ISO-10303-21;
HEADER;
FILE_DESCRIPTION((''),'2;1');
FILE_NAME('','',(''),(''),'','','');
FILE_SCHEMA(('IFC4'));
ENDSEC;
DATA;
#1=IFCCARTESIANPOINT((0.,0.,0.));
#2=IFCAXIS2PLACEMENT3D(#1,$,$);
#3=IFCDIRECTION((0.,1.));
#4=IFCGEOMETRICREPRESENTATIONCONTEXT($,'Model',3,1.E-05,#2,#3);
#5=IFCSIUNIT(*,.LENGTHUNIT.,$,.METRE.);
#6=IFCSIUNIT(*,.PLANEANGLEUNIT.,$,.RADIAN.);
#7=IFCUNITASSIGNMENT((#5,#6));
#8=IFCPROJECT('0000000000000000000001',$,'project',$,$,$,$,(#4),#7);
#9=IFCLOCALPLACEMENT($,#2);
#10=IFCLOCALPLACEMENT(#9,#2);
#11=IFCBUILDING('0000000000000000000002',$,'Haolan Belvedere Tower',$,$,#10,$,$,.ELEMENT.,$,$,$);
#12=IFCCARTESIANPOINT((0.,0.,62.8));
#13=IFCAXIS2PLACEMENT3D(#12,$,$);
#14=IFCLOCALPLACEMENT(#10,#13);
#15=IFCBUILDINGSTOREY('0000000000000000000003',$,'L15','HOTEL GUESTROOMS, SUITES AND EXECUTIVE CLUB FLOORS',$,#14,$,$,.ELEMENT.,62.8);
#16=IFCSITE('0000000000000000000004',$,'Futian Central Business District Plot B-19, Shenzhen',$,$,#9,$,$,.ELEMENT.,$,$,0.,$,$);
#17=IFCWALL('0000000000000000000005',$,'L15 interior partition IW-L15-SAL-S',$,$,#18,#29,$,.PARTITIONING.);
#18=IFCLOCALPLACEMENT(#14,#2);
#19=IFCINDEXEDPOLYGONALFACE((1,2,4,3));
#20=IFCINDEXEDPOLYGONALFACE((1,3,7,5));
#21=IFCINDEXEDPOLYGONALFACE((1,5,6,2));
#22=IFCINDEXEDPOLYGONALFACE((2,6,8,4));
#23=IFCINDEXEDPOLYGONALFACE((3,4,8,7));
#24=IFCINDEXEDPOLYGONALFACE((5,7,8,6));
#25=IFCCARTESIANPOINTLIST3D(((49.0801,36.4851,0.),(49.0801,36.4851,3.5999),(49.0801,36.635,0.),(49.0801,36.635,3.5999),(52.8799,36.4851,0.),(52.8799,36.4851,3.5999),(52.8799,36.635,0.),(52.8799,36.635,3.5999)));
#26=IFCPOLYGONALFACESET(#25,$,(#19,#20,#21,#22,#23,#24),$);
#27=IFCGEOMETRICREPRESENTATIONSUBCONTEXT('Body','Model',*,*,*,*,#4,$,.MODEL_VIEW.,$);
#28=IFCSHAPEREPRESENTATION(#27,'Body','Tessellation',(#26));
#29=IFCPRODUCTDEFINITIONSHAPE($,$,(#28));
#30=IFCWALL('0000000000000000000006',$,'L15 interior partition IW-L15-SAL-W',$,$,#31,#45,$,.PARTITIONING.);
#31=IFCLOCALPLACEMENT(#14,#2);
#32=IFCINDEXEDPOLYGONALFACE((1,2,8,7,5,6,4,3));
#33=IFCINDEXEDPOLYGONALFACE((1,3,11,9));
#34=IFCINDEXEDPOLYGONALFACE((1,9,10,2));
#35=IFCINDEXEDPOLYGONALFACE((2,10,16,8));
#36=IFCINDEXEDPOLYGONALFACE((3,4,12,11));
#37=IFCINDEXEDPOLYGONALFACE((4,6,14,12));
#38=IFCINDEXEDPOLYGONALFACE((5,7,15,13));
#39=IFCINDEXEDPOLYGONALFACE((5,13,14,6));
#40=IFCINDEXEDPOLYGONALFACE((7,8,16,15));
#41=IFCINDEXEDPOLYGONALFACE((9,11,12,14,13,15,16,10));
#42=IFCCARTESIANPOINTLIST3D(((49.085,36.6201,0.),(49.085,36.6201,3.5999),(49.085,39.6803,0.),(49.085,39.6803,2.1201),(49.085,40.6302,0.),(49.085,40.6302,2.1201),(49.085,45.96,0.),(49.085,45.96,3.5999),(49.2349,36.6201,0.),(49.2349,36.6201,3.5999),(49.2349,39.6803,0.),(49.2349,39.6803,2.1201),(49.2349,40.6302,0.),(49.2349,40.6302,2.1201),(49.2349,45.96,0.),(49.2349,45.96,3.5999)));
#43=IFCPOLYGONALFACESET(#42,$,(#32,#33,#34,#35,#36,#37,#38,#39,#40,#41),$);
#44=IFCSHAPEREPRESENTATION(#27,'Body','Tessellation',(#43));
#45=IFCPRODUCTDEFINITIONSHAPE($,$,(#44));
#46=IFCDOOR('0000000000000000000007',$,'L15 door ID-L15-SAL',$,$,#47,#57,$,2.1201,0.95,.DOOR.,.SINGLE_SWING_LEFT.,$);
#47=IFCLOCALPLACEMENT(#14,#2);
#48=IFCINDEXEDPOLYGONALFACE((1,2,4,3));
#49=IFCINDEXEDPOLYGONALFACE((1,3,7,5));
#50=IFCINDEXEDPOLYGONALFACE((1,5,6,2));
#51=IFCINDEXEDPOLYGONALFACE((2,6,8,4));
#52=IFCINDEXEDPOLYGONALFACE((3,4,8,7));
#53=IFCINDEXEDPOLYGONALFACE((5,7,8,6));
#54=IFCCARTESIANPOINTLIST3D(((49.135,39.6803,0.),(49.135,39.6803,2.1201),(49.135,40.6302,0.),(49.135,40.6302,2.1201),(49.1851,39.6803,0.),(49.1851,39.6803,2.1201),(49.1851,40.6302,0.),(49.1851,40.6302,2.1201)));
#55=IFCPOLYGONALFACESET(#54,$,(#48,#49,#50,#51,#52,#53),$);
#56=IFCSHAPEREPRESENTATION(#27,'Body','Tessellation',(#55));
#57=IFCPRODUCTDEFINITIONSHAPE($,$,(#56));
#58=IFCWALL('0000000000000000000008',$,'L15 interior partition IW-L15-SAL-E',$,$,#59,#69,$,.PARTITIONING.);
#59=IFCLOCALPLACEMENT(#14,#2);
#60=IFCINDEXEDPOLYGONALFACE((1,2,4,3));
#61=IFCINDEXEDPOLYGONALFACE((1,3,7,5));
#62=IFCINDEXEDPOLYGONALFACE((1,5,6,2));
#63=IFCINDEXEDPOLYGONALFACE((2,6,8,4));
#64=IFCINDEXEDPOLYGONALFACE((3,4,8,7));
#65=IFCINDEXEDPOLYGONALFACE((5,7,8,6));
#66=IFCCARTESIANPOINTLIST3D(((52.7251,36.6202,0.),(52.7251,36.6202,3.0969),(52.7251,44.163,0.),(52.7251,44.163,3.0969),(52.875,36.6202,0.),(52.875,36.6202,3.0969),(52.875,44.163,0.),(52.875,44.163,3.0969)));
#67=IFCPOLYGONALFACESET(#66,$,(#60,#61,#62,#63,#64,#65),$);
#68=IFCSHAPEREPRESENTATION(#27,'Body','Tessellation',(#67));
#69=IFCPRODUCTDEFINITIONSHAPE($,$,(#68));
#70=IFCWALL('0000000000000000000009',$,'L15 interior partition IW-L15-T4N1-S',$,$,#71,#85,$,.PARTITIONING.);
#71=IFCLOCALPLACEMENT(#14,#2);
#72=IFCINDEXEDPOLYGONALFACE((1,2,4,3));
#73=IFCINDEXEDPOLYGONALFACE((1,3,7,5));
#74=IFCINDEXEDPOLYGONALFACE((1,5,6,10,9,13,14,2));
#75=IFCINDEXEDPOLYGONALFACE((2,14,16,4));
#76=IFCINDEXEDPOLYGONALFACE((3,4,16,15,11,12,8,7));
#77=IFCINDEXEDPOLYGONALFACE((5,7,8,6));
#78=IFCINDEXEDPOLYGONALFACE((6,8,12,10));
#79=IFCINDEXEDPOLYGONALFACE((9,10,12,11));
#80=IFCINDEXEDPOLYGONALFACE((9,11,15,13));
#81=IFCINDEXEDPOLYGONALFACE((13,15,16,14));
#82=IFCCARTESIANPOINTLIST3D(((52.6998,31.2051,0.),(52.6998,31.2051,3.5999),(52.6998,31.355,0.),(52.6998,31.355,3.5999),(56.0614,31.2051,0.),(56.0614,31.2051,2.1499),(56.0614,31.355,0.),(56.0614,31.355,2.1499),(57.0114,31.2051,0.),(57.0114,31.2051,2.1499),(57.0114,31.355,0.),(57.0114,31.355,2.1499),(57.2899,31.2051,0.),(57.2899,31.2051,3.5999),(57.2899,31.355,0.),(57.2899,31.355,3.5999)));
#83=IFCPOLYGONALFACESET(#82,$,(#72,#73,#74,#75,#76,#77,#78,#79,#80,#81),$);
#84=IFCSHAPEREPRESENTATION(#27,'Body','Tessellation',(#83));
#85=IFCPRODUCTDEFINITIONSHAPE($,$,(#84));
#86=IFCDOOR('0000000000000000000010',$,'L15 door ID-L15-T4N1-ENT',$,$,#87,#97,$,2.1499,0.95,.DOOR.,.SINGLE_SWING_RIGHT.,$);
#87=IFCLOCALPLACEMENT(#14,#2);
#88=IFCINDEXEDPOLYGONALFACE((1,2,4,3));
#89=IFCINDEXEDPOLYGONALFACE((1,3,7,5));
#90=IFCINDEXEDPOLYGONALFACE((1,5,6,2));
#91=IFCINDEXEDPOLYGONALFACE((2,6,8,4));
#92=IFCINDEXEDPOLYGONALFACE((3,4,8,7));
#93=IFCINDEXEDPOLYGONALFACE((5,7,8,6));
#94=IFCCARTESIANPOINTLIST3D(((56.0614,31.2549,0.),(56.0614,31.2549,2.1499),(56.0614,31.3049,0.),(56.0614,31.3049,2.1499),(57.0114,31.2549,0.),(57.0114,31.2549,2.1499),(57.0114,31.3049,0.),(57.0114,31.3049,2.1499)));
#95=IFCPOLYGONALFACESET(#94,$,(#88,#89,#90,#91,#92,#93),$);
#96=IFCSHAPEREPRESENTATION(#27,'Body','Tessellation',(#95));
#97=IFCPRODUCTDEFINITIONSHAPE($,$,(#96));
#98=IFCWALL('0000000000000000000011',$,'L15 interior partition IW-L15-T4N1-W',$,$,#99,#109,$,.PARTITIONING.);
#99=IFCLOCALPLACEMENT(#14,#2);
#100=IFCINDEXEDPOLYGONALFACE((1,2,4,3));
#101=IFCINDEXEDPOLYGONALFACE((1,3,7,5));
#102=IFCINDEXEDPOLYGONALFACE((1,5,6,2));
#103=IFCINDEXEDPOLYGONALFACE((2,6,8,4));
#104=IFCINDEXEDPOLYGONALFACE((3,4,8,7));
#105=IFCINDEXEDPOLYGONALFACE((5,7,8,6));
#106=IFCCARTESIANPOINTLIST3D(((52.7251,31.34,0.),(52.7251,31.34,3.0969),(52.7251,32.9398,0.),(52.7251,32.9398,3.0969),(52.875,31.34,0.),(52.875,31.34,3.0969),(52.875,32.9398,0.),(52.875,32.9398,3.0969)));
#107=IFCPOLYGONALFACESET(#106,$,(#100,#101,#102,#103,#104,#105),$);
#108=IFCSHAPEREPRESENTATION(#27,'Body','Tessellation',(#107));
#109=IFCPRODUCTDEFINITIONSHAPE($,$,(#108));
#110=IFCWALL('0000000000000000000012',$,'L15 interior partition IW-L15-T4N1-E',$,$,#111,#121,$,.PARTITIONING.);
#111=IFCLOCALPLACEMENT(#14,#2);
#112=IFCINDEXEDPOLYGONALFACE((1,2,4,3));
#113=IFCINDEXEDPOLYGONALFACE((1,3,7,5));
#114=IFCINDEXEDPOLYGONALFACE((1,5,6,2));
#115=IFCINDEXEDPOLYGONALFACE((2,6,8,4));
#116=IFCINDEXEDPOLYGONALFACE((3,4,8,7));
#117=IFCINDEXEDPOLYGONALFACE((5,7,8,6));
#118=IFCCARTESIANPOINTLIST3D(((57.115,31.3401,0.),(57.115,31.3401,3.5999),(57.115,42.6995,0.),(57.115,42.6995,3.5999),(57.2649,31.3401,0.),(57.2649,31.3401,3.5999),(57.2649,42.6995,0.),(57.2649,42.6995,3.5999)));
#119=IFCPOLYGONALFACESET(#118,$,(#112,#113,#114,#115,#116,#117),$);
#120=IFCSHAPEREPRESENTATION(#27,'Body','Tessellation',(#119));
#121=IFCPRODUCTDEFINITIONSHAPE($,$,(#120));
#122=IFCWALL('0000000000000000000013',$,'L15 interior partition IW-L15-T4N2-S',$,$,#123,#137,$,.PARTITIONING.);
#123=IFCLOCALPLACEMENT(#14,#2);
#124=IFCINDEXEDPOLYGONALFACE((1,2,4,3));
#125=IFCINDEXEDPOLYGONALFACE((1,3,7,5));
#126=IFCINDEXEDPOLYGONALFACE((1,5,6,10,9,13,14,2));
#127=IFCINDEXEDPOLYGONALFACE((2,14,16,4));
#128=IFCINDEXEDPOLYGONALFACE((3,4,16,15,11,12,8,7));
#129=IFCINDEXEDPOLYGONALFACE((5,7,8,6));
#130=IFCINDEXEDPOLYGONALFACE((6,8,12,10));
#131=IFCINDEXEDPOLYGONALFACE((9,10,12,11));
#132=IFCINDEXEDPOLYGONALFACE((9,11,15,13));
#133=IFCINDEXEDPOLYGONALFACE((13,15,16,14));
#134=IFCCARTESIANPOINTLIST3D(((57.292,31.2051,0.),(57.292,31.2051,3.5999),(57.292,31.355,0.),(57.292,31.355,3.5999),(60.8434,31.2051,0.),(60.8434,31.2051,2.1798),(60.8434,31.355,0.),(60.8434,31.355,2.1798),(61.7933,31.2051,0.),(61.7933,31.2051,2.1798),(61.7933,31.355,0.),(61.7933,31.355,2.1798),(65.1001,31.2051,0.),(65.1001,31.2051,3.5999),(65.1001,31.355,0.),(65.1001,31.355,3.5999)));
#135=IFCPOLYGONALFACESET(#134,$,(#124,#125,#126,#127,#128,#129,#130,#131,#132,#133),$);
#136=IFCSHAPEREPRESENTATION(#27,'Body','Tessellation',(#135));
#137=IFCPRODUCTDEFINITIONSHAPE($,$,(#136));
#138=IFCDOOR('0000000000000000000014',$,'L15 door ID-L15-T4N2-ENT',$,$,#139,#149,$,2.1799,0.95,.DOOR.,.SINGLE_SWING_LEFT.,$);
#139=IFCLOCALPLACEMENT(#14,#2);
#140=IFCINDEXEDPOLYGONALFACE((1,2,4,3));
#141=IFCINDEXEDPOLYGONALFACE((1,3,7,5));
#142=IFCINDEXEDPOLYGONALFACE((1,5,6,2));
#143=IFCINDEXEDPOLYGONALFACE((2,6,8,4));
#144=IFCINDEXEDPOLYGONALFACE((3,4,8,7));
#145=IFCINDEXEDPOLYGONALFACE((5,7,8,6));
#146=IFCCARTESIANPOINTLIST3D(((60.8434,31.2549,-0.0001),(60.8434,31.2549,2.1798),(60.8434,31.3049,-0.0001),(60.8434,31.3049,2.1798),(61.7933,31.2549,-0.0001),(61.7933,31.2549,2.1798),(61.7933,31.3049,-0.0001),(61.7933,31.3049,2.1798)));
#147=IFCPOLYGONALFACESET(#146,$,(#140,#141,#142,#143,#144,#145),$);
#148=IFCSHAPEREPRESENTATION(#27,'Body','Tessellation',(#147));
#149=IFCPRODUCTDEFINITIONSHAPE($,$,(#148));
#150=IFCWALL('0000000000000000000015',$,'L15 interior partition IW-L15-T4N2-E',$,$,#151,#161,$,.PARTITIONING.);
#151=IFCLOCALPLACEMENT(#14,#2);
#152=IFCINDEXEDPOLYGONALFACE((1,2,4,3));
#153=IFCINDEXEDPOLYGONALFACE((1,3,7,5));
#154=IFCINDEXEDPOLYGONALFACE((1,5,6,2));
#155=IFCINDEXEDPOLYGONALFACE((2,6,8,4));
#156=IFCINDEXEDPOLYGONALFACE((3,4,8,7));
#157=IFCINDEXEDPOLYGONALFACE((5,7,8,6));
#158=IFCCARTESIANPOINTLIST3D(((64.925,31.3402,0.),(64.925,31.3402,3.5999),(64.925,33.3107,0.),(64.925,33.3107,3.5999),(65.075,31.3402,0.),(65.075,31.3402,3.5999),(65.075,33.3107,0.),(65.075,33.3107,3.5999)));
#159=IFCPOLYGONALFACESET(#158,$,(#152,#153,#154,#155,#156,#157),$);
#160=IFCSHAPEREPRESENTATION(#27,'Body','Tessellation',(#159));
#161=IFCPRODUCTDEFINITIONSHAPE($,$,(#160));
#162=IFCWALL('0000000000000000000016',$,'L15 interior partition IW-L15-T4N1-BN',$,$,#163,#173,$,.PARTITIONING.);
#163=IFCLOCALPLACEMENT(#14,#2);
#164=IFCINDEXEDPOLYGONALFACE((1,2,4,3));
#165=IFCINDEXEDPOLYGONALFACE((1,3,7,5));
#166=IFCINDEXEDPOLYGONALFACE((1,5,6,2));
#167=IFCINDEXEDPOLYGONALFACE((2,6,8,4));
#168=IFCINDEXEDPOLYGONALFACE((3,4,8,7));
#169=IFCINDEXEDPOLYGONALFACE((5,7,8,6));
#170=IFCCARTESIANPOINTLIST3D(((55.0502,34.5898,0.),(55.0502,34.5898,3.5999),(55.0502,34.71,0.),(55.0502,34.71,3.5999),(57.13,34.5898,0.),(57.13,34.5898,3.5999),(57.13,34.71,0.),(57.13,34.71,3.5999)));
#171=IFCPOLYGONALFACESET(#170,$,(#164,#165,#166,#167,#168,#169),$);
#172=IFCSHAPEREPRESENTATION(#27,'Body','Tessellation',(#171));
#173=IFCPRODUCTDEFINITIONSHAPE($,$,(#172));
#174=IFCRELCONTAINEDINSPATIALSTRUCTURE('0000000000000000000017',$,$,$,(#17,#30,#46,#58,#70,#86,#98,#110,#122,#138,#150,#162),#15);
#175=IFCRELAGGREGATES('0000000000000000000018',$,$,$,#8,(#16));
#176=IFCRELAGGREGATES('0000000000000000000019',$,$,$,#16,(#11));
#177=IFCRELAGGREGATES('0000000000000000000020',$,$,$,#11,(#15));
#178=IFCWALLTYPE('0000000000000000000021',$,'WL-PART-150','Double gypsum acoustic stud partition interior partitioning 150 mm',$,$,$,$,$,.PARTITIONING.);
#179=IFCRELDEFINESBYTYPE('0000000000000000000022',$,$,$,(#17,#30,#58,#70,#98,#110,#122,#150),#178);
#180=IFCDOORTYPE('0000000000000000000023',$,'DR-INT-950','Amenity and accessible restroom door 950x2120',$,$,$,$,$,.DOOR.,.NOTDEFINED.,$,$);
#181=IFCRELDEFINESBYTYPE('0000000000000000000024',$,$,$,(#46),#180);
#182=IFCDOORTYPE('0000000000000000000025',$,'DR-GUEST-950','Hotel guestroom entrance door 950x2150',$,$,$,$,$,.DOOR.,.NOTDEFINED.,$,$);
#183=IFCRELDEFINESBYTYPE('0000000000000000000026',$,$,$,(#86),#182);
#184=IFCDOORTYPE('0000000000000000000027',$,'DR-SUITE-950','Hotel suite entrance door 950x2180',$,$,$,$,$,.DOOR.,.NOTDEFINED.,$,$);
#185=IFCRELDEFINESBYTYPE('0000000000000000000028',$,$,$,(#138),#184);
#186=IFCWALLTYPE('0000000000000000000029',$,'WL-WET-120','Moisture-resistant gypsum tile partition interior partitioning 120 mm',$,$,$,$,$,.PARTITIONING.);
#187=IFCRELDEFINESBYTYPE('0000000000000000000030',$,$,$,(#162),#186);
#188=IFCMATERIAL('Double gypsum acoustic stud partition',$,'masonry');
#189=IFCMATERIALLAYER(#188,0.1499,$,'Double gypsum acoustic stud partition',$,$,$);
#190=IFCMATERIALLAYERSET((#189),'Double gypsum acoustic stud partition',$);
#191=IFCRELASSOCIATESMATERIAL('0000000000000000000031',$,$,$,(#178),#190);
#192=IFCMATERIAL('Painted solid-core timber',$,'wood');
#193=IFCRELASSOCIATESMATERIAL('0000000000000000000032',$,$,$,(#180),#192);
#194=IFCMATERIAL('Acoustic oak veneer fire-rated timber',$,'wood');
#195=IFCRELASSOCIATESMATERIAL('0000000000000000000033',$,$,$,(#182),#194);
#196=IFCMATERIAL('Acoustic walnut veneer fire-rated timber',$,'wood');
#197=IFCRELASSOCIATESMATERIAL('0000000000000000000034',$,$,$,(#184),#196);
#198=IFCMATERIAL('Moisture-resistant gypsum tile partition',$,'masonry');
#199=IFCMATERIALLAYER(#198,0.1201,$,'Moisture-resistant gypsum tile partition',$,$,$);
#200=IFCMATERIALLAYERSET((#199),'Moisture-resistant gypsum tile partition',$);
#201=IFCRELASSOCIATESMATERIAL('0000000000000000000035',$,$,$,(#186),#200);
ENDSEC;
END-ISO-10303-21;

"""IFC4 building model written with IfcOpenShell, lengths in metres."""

from ifc_helpers import new_model, si_unit, direction, frame, frame_2d, origin, place, context, subcontext, project, spatial, rectangle, extrude, material, layer, layer_set, type_object, element, fill, save


model = new_model("IFC4")

# Units and contexts
model_context = context("Model", 3, precision=1e-05, world=origin(), true_north=direction((0.0, 1.0)))
body_context = subcontext(model_context, "Body", "Model", "MODEL_VIEW")
ifc_project = project(units=[si_unit("LENGTHUNIT", "METRE"), si_unit("PLANEANGLEUNIT", "RADIAN")], contexts=[model_context])

# Site, building, storey
site_placement = place(None, origin())
site = spatial("IfcSite", under=ifc_project, at=site_placement, Name="Futian Central Business District Plot B-19, Shenzhen", CompositionType="ELEMENT", RefElevation=0.0)
building_placement = place(site_placement, origin())
building = spatial("IfcBuilding", under=site, at=building_placement, Name="Haolan Belvedere Tower", CompositionType="ELEMENT")
storey_placement = place(building_placement, frame((0.0, 0.0, 62.8)))
storey = spatial("IfcBuildingStorey", under=building, at=storey_placement, Name="L15", Description="HOTEL GUESTROOMS, SUITES AND EXECUTIVE CLUB FLOORS", CompositionType="ELEMENT", Elevation=62.8)

# Shared definitions
ifc_material_1 = material(Name="Double gypsum acoustic stud partition", Category="masonry")
ifc_layer_1 = layer(ifc_material_1, 0.1499, Name="Double gypsum acoustic stud partition")
ifc_layer_set_1 = layer_set([ifc_layer_1], Name="Double gypsum acoustic stud partition")
wall_type_1 = type_object("IfcWallType", Name="WL-PART-150", Description="Double gypsum acoustic stud partition interior partitioning 150 mm", PredefinedType="PARTITIONING", material=ifc_layer_set_1)

# Shared definitions
ifc_material_2 = material(Name="Painted solid-core timber", Category="wood")
door_type_1 = type_object("IfcDoorType", Name="DR-INT-950", Description="Amenity and accessible restroom door 950x2120", OperationType="NOTDEFINED", PredefinedType="DOOR", material=ifc_material_2)

# Wall
wall_1_placement = place(storey_placement, frame((49.0801, 36.5601, 0.0), z_axis=(0.0, 0.0, 1.0), x_axis=(1.0, 0.0, 0.0)))
element("IfcWall", 1, at=wall_1_placement, inside=storey, type_object=wall_type_1, Name="L15 interior partition IW-L15-SAL-S", PredefinedType="PARTITIONING", context=body_context, shape_type="SweptSolid", body=[
    extrude(rectangle(XDim=3.7998, YDim=0.1499, at=frame_2d((1.8999, 0.0))), origin(), (0.0, 0.0, 1.0), 3.5999),
])

# Wall, opening, door
wall_2_placement = place(storey_placement, frame((49.1599, 36.6201, 0.0), z_axis=(0.0, 0.0, 1.0), x_axis=(0.0, 1.0, 0.0)))
wall_2 = element("IfcWall", 2, at=wall_2_placement, inside=storey, type_object=wall_type_1, Name="L15 interior partition IW-L15-SAL-W", PredefinedType="PARTITIONING", context=body_context, shape_type="SweptSolid", body=[
    extrude(rectangle(XDim=9.3398, YDim=0.1499, at=frame_2d((4.6699, 0.0))), origin(), (0.0, 0.0, 1.0), 3.5999),
])
opening_1_placement = place(wall_2_placement, frame((3.0601, 0.0, 0.0)))
opening_1 = element("IfcOpeningElement", 3, at=opening_1_placement, cuts=wall_2, PredefinedType="OPENING", context=body_context, shape_type="SweptSolid", body=[
    extrude(rectangle(XDim=0.95, YDim=2.1201, at=frame_2d((0.4751, 1.0601))), frame((0.0, 0.085, 0.0), z_axis=(0.0, -1.0, 0.0), x_axis=(1.0, 0.0, 0.0)), (0.0, 0.0, 1.0), 0.1699),
])
door_1_placement = place(opening_1_placement, origin())
door_1 = element("IfcDoor", 4, at=door_1_placement, inside=storey, type_object=door_type_1, Name="L15 door ID-L15-SAL", OperationType="SINGLE_SWING_LEFT", OverallHeight=2.1201, OverallWidth=0.95, PredefinedType="DOOR", context=body_context, shape_type="SweptSolid", body=[
    extrude(rectangle(XDim=0.95, YDim=2.1201, at=frame_2d((0.4751, 1.0601))), frame((0.0, 0.0249, 0.0), z_axis=(0.0, -1.0, 0.0), x_axis=(1.0, 0.0, 0.0)), (0.0, 0.0, 1.0), 0.05),
])
fill(opening_1, door_1)

# Wall
wall_3_placement = place(storey_placement, frame((52.8, 36.6201, 0.0), z_axis=(0.0, 0.0, 1.0), x_axis=(0.0, 1.0, 0.0)))
element("IfcWall", 5, at=wall_3_placement, inside=storey, type_object=wall_type_1, Name="L15 interior partition IW-L15-SAL-E", PredefinedType="PARTITIONING", context=body_context, shape_type="SweptSolid", body=[
    extrude(rectangle(XDim=7.5427, YDim=0.1499, at=frame_2d((3.7715, 0.0))), origin(), (0.0, 0.0, 1.0), 3.0969),
])

# Wall, opening, door
wall_4_placement = place(storey_placement, frame((52.7, 31.28, 0.0), z_axis=(0.0, 0.0, 1.0), x_axis=(1.0, 0.0, 0.0)))
wall_4 = element("IfcWall", 6, at=wall_4_placement, inside=storey, type_object=wall_type_1, Name="L15 interior partition IW-L15-T4N1-S", PredefinedType="PARTITIONING", context=body_context, shape_type="SweptSolid", body=[
    extrude(rectangle(XDim=4.5901, YDim=0.1499, at=frame_2d((2.2949, 0.0))), origin(), (0.0, 0.0, 1.0), 3.5999),
])
opening_2_placement = place(wall_4_placement, frame((3.3613, 0.0, 0.0)))
opening_2 = element("IfcOpeningElement", 7, at=opening_2_placement, cuts=wall_4, PredefinedType="OPENING", context=body_context, shape_type="SweptSolid", body=[
    extrude(rectangle(XDim=0.95, YDim=2.1499, at=frame_2d((0.4751, 1.075))), frame((0.0, 0.085, 0.0), z_axis=(0.0, -1.0, 0.0), x_axis=(1.0, 0.0, 0.0)), (0.0, 0.0, 1.0), 0.1699),
])
ifc_material_3 = material(Name="Acoustic oak veneer fire-rated timber", Category="wood")
door_type_2 = type_object("IfcDoorType", Name="DR-GUEST-950", Description="Hotel guestroom entrance door 950x2150", OperationType="NOTDEFINED", PredefinedType="DOOR", material=ifc_material_3)
door_2_placement = place(opening_2_placement, origin())
door_2 = element("IfcDoor", 8, at=door_2_placement, inside=storey, type_object=door_type_2, Name="L15 door ID-L15-T4N1-ENT", OperationType="SINGLE_SWING_RIGHT", OverallHeight=2.1499, OverallWidth=0.95, PredefinedType="DOOR", context=body_context, shape_type="SweptSolid", body=[
    extrude(rectangle(XDim=0.95, YDim=2.1499, at=frame_2d((0.4751, 1.075))), frame((0.0, 0.0249, 0.0), z_axis=(0.0, -1.0, 0.0), x_axis=(1.0, 0.0, 0.0)), (0.0, 0.0, 1.0), 0.05),
])
fill(opening_2, door_2)

# Walls
wall_5_placement = place(storey_placement, frame((52.8, 31.3401, 0.0), z_axis=(0.0, 0.0, 1.0), x_axis=(0.0, 1.0, 0.0)))
element("IfcWall", 9, at=wall_5_placement, inside=storey, type_object=wall_type_1, Name="L15 interior partition IW-L15-T4N1-W", PredefinedType="PARTITIONING", context=body_context, shape_type="SweptSolid", body=[
    extrude(rectangle(XDim=1.5999, YDim=0.1499, at=frame_2d((0.7998, 0.0))), origin(), (0.0, 0.0, 1.0), 3.0969),
])
wall_6_placement = place(storey_placement, frame((57.1899, 31.3401, 0.0), z_axis=(0.0, 0.0, 1.0), x_axis=(0.0, 1.0, 0.0)))
element("IfcWall", 10, at=wall_6_placement, inside=storey, type_object=wall_type_1, Name="L15 interior partition IW-L15-T4N1-E", PredefinedType="PARTITIONING", context=body_context, shape_type="SweptSolid", body=[
    extrude(rectangle(XDim=11.3594, YDim=0.1499, at=frame_2d((5.6797, 0.0))), origin(), (0.0, 0.0, 1.0), 3.5999),
])

# Wall, opening, door
wall_7_placement = place(storey_placement, frame((57.292, 31.28, 0.0), z_axis=(0.0, 0.0, 1.0), x_axis=(1.0, 0.0, 0.0)))
wall_7 = element("IfcWall", 11, at=wall_7_placement, inside=storey, type_object=wall_type_1, Name="L15 interior partition IW-L15-T4N2-S", PredefinedType="PARTITIONING", context=body_context, shape_type="SweptSolid", body=[
    extrude(rectangle(XDim=7.8081, YDim=0.1499, at=frame_2d((3.9041, 0.0))), origin(), (0.0, 0.0, 1.0), 3.5999),
])
opening_3_placement = place(wall_7_placement, frame((3.5513, 0.0, 0.0)))
opening_3 = element("IfcOpeningElement", 12, at=opening_3_placement, cuts=wall_7, PredefinedType="OPENING", context=body_context, shape_type="SweptSolid", body=[
    extrude(rectangle(XDim=0.95, YDim=2.1799, at=frame_2d((0.4751, 1.0898))), frame((0.0, 0.085, 0.0), z_axis=(0.0, -1.0, 0.0), x_axis=(1.0, 0.0, 0.0)), (0.0, 0.0, 1.0), 0.1699),
])
ifc_material_4 = material(Name="Acoustic walnut veneer fire-rated timber", Category="wood")
door_type_3 = type_object("IfcDoorType", Name="DR-SUITE-950", Description="Hotel suite entrance door 950x2180", OperationType="NOTDEFINED", PredefinedType="DOOR", material=ifc_material_4)
door_3_placement = place(opening_3_placement, origin())
door_3 = element("IfcDoor", 13, at=door_3_placement, inside=storey, type_object=door_type_3, Name="L15 door ID-L15-T4N2-ENT", OperationType="SINGLE_SWING_LEFT", OverallHeight=2.1799, OverallWidth=0.95, PredefinedType="DOOR", context=body_context, shape_type="SweptSolid", body=[
    extrude(rectangle(XDim=0.95, YDim=2.1799, at=frame_2d((0.4751, 1.0898))), frame((0.0, 0.0249, 0.0), z_axis=(0.0, -1.0, 0.0), x_axis=(1.0, 0.0, 0.0)), (0.0, 0.0, 1.0), 0.05),
])
fill(opening_3, door_3)

# Walls
wall_8_placement = place(storey_placement, frame((65.0, 31.3401, 0.0), z_axis=(0.0, 0.0, 1.0), x_axis=(0.0, 1.0, 0.0)))
element("IfcWall", 14, at=wall_8_placement, inside=storey, type_object=wall_type_1, Name="L15 interior partition IW-L15-T4N2-E", PredefinedType="PARTITIONING", context=body_context, shape_type="SweptSolid", body=[
    extrude(rectangle(XDim=1.9705, YDim=0.1499, at=frame_2d((0.9854, 0.0))), origin(), (0.0, 0.0, 1.0), 3.5999),
])
ifc_material_5 = material(Name="Moisture-resistant gypsum tile partition", Category="masonry")
ifc_layer_2 = layer(ifc_material_5, 0.1201, Name="Moisture-resistant gypsum tile partition")
ifc_layer_set_2 = layer_set([ifc_layer_2], Name="Moisture-resistant gypsum tile partition")
wall_type_2 = type_object("IfcWallType", Name="WL-WET-120", Description="Moisture-resistant gypsum tile partition interior partitioning 120 mm", PredefinedType="PARTITIONING", material=ifc_layer_set_2)
for number, where, z_axis, x_axis, name in (
    (15, (55.05, 34.6499, 0.0), (0.0, 0.0, 1.0), (1.0, 0.0, 0.0), "L15 interior partition IW-L15-T4N1-BN"),
):
    element("IfcWall", number, at=place(storey_placement, frame(where, z_axis=z_axis, x_axis=x_axis)), inside=storey, type_object=wall_type_2, Name=name, PredefinedType="PARTITIONING", context=body_context, shape_type="SweptSolid", body=[
        extrude(rectangle(XDim=2.0798, YDim=0.1201, at=frame_2d((1.04, 0.0))), origin(), (0.0, 0.0, 1.0), 3.5999),
    ])

save(model, "model.ifc")
